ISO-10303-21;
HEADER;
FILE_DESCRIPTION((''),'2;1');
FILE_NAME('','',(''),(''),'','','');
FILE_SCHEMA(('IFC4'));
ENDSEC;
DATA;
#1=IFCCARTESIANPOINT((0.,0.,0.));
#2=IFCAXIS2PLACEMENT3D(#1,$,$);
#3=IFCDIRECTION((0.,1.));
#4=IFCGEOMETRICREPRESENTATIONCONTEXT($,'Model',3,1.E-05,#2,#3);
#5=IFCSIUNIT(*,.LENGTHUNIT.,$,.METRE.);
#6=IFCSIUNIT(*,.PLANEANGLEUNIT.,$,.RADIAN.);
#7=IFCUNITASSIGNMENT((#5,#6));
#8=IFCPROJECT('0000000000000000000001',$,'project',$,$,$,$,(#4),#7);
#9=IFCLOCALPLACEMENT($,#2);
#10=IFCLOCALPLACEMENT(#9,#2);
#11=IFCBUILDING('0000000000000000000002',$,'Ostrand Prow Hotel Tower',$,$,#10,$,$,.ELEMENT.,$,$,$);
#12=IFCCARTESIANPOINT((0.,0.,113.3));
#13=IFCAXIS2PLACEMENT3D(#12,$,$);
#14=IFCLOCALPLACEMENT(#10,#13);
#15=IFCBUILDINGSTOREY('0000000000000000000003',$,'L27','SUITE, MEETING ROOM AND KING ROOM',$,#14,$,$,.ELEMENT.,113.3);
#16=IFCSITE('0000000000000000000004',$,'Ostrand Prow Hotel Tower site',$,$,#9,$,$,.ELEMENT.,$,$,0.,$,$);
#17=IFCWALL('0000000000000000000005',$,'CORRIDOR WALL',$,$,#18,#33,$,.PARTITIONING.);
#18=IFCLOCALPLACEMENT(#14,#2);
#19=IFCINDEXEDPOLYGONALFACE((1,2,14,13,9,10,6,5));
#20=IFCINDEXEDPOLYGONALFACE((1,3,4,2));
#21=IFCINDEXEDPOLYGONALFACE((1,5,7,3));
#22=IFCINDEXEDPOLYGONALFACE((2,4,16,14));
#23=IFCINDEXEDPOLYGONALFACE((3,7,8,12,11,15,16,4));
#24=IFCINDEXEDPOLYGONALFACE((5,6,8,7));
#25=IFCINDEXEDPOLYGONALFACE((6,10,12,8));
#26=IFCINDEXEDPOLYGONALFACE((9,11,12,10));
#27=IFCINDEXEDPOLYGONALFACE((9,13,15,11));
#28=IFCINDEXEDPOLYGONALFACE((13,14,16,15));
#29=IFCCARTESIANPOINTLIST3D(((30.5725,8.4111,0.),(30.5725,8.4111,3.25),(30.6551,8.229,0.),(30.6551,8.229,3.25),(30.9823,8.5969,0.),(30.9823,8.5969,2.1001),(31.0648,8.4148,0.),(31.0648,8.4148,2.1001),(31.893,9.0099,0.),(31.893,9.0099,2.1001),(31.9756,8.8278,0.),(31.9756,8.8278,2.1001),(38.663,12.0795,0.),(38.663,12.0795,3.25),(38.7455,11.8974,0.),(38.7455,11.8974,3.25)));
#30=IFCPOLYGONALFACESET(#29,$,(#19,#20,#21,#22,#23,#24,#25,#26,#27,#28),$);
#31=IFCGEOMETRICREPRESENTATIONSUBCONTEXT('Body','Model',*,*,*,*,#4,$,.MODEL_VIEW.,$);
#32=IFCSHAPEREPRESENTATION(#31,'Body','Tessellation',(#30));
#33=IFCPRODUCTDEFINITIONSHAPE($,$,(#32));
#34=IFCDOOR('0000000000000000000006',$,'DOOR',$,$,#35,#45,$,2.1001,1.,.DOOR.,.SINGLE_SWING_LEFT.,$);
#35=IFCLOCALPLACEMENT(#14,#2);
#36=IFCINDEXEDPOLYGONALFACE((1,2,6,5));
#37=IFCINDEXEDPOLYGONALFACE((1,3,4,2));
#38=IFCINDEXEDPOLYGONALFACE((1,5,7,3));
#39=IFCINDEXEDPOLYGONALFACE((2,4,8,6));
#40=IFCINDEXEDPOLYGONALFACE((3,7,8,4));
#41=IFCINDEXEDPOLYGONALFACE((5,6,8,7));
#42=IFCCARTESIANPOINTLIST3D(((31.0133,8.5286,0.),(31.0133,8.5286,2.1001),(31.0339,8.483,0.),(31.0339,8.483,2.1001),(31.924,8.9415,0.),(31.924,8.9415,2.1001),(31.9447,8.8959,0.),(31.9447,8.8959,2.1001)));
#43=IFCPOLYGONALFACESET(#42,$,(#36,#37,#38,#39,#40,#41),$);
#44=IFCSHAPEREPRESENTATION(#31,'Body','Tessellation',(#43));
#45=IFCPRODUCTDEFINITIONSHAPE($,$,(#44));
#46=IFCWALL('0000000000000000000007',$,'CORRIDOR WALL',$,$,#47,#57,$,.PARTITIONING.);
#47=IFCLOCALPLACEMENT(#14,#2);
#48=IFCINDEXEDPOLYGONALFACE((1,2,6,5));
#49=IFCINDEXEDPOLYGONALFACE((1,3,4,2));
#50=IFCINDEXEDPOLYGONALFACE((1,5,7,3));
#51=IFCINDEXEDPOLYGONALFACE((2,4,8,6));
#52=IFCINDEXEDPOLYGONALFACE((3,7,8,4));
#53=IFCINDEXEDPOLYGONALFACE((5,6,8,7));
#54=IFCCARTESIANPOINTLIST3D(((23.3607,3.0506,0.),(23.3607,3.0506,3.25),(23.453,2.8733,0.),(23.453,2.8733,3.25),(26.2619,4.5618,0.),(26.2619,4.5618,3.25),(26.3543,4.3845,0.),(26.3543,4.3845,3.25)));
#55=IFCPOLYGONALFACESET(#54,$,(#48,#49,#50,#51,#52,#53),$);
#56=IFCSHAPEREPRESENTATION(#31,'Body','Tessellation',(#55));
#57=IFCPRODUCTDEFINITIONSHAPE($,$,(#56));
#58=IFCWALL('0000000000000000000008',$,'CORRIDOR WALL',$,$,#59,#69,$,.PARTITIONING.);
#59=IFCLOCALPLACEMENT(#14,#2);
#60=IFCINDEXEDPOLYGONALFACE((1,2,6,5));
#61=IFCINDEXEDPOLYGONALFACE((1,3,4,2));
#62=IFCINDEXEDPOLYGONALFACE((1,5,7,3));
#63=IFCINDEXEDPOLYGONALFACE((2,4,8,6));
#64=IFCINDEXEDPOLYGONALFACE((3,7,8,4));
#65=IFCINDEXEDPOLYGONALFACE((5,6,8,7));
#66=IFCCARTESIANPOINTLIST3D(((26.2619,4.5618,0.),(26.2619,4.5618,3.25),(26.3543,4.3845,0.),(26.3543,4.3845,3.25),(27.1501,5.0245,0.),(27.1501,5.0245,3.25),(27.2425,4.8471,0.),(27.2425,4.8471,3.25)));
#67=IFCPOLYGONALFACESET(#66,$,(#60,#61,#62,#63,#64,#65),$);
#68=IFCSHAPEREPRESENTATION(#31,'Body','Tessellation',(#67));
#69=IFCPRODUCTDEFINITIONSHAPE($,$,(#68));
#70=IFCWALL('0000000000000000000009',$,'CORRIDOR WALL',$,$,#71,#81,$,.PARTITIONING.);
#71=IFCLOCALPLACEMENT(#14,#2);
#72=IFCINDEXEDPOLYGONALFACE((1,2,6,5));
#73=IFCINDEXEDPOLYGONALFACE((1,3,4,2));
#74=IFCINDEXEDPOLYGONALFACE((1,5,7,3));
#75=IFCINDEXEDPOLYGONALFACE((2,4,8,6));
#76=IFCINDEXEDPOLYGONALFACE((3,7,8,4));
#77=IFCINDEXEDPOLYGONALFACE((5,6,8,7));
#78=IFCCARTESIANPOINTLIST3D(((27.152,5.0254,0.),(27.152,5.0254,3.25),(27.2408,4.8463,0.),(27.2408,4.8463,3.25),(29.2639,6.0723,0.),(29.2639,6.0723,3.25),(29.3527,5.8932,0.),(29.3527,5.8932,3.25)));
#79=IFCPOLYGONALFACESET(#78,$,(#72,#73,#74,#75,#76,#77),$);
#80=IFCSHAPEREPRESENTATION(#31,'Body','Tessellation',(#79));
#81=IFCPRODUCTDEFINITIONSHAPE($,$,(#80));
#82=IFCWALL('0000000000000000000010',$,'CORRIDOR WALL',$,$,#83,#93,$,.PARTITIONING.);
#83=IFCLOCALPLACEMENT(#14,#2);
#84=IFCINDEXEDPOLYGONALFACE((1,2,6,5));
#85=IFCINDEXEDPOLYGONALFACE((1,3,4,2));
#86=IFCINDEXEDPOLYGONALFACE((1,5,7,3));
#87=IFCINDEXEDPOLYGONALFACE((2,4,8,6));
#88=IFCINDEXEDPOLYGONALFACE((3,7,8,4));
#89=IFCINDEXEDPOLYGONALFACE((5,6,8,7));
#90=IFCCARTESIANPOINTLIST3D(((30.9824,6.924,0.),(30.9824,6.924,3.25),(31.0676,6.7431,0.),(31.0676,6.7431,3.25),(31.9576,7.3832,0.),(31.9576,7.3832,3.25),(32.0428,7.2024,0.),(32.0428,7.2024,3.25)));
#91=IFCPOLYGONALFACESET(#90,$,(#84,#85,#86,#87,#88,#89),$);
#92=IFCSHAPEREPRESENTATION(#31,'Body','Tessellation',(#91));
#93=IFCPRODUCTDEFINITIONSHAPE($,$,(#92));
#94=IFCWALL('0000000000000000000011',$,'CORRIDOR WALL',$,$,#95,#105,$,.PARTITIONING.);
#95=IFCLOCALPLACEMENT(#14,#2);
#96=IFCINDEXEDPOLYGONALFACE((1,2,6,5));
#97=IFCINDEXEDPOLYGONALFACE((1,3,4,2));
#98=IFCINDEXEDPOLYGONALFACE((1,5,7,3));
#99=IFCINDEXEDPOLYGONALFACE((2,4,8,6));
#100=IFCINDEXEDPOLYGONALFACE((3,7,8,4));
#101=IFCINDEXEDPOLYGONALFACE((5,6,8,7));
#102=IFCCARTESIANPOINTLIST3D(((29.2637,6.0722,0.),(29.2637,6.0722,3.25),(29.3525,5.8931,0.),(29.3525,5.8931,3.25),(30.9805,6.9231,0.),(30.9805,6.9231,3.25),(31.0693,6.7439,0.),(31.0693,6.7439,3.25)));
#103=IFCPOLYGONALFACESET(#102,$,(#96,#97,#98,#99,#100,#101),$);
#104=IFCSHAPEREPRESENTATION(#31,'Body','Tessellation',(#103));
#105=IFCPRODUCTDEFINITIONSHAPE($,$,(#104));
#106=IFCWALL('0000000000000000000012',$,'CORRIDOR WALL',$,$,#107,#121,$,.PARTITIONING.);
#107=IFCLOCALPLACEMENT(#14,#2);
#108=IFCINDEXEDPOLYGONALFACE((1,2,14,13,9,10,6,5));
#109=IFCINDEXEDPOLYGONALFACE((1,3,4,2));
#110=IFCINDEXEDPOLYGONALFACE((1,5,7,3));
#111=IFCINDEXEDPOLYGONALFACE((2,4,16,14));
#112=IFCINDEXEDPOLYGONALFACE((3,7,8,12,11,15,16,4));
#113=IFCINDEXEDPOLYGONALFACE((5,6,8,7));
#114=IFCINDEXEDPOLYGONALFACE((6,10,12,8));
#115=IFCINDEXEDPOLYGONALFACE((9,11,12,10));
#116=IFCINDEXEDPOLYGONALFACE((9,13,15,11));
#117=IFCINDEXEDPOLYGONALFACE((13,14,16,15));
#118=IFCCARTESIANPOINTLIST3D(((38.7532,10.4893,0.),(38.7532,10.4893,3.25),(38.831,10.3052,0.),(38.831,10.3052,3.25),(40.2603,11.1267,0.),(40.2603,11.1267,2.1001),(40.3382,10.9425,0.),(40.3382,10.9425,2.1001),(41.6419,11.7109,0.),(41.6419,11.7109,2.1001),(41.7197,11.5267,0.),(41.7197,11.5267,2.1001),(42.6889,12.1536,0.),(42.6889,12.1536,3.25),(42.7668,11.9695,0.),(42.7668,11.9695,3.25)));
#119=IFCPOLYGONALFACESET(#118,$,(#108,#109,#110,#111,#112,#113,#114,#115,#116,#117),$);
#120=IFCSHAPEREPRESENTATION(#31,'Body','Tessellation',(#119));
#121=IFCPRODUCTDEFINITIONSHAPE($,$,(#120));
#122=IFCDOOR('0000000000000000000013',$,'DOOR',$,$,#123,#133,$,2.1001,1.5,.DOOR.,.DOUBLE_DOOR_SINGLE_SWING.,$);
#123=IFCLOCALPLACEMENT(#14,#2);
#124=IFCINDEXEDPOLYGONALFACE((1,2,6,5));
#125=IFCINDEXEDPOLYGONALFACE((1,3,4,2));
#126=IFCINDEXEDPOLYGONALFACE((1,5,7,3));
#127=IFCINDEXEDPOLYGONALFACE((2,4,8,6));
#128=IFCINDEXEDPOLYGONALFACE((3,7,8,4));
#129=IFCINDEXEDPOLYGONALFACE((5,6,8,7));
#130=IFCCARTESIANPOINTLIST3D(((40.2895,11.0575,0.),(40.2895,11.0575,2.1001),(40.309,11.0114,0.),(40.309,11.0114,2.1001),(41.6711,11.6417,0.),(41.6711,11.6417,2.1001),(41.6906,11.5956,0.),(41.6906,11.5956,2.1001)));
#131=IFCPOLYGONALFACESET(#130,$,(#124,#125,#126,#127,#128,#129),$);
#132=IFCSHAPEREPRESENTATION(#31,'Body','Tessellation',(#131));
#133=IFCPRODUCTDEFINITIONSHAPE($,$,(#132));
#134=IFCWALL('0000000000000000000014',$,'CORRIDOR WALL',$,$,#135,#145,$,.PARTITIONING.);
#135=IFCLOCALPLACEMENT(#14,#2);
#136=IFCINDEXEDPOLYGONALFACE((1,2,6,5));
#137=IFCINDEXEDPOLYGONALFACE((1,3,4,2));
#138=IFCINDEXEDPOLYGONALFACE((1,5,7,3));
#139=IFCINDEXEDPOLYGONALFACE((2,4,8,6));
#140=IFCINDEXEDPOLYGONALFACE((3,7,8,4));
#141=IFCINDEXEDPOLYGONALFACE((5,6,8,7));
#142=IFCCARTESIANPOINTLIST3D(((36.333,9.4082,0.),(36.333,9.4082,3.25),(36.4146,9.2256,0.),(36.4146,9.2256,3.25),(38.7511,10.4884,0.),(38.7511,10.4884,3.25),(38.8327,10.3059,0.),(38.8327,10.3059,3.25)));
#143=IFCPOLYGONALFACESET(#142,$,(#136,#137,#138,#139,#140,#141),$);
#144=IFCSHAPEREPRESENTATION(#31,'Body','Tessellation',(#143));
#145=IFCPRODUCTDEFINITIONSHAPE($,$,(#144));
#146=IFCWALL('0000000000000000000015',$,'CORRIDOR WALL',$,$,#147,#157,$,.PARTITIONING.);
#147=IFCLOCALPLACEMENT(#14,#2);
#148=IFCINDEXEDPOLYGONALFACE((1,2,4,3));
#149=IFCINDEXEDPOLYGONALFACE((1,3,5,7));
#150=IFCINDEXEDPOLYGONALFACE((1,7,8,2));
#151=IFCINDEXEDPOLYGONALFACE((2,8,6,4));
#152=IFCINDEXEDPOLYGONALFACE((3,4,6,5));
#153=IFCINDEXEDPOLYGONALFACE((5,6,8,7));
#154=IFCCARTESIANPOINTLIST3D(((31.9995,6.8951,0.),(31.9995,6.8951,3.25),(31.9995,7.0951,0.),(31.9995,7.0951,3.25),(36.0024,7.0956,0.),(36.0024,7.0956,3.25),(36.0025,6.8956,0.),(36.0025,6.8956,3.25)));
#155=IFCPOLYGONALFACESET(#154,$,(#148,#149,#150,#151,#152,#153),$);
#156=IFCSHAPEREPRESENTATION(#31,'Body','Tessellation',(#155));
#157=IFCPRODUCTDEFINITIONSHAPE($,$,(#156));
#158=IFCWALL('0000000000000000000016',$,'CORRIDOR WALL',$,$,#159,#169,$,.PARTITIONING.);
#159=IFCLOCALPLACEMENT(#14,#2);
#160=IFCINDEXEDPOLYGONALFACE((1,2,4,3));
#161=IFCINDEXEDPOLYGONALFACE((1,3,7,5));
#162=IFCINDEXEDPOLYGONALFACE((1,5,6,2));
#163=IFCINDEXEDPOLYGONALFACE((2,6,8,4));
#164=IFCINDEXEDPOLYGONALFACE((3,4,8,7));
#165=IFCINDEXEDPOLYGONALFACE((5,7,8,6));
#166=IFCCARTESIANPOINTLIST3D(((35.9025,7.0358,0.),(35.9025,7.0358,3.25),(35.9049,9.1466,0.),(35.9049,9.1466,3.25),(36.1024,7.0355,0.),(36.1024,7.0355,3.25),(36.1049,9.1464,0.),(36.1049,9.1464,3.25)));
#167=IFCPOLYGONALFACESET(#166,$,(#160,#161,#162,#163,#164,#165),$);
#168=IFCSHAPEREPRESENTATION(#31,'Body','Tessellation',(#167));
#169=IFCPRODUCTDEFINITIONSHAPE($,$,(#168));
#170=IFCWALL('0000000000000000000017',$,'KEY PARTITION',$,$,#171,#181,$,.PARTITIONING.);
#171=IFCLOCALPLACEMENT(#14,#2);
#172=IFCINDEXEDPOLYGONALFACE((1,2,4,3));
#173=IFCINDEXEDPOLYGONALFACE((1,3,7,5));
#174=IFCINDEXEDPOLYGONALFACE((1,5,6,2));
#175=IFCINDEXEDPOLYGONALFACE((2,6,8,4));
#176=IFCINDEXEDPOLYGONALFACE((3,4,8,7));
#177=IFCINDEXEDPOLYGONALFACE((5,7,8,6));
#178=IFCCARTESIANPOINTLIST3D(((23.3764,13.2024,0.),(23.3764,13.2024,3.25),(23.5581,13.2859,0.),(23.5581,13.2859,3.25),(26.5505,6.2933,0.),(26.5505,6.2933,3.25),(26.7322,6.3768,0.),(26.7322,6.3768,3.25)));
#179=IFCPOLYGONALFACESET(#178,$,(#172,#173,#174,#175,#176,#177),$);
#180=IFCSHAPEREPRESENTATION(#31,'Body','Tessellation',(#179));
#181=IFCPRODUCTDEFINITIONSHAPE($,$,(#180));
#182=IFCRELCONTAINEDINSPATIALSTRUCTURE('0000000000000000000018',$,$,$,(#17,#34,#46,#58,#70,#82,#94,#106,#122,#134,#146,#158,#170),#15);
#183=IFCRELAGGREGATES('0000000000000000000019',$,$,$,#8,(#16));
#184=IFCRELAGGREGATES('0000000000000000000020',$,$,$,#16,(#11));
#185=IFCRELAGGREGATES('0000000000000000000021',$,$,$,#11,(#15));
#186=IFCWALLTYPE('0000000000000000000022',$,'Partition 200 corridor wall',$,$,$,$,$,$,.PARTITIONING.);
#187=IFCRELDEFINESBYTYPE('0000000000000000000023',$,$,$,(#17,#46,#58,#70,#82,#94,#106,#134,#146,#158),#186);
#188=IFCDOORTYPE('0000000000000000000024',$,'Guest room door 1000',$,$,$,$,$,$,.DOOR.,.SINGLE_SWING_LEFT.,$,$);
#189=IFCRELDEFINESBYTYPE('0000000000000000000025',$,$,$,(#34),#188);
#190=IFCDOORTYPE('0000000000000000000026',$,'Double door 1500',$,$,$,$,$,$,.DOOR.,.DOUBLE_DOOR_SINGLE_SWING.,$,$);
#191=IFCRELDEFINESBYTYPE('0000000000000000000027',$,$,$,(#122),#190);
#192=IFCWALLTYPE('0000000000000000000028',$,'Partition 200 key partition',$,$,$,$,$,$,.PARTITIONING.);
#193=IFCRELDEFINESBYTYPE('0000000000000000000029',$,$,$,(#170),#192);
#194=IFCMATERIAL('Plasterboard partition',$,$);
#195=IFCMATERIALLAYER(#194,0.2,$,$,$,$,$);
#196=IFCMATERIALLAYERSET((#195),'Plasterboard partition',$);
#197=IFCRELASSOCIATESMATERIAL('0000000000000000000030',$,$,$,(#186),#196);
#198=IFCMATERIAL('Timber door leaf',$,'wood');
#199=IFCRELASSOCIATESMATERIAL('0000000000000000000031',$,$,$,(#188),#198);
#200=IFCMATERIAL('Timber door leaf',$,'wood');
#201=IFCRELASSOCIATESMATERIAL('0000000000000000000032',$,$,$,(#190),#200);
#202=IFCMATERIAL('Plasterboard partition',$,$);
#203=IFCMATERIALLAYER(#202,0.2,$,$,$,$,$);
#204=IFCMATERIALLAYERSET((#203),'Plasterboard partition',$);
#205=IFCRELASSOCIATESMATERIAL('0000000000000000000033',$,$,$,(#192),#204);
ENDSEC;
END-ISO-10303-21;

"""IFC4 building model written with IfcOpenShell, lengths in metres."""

from ifc_helpers import new_model, si_unit, direction, frame, frame_2d, origin, place, context, subcontext, project, spatial, rectangle, extrude, material, layer, layer_set, type_object, element, fill, save


model = new_model("IFC4")

# Units and contexts
model_context = context("Model", 3, precision=1e-05, world=origin(), true_north=direction((0.0, 1.0)))
body_context = subcontext(model_context, "Body", "Model", "MODEL_VIEW")
ifc_project = project(units=[si_unit("LENGTHUNIT", "METRE"), si_unit("PLANEANGLEUNIT", "RADIAN")], contexts=[model_context])

# Site, building, storey
site_placement = place(None, origin())
site = spatial("IfcSite", under=ifc_project, at=site_placement, Name="Ostrand Prow Hotel Tower site", CompositionType="ELEMENT", RefElevation=0.0)
building_placement = place(site_placement, origin())
building = spatial("IfcBuilding", under=site, at=building_placement, Name="Ostrand Prow Hotel Tower", CompositionType="ELEMENT")
storey_placement = place(building_placement, frame((0.0, 0.0, 113.3)))
storey = spatial("IfcBuildingStorey", under=building, at=storey_placement, Name="L27", Description="SUITE, MEETING ROOM AND KING ROOM", CompositionType="ELEMENT", Elevation=113.3)

# Wall, opening, door
ifc_material_1 = material(Name="Plasterboard partition")
ifc_layer_1 = layer(ifc_material_1, 0.2)
ifc_layer_set_1 = layer_set([ifc_layer_1], Name="Plasterboard partition")
wall_type_1 = type_object("IfcWallType", Name="Partition 200 corridor wall", PredefinedType="PARTITIONING", material=ifc_layer_set_1)
ifc_material_2 = material(Name="Timber door leaf", Category="wood")
door_type_1 = type_object("IfcDoorType", Name="Guest room door 1000", OperationType="SINGLE_SWING_LEFT", PredefinedType="DOOR", material=ifc_material_2)
wall_1_placement = place(storey_placement, frame((30.6138, 8.3201, 0.0), z_axis=(0.0, 0.0, 1.0), x_axis=(0.910751, 0.412956, 0.0)))
wall_1 = element("IfcWall", 1, at=wall_1_placement, inside=storey, type_object=wall_type_1, Name="CORRIDOR WALL", PredefinedType="PARTITIONING", context=body_context, shape_type="SweptSolid", body=[
    extrude(rectangle(XDim=8.8833, YDim=0.2, at=frame_2d((4.4417, 0.0))), origin(), (0.0, 0.0, 1.0), 3.25),
])
opening_1_placement = place(wall_1_placement, frame((0.45, 0.0, 0.0)))
opening_1 = element("IfcOpeningElement", 2, at=opening_1_placement, cuts=wall_1, PredefinedType="OPENING", context=body_context, shape_type="SweptSolid", body=[
    extrude(rectangle(XDim=1.0, YDim=2.1001, at=frame_2d((0.5, 1.05))), frame((0.0, 0.1099, 0.0), z_axis=(0.0, -1.0, 0.0), x_axis=(1.0, 0.0, 0.0)), (0.0, 0.0, 1.0), 0.22),
])
door_1_placement = place(opening_1_placement, origin())
door_1 = element("IfcDoor", 3, at=door_1_placement, inside=storey, type_object=door_type_1, Name="DOOR", OperationType="SINGLE_SWING_LEFT", OverallHeight=2.1001, OverallWidth=1.0, PredefinedType="DOOR", context=body_context, shape_type="SweptSolid", body=[
    extrude(rectangle(XDim=1.0, YDim=2.1001, at=frame_2d((0.5, 1.05))), frame((0.0, 0.0249, 0.0), z_axis=(0.0, -1.0, 0.0), x_axis=(1.0, 0.0, 0.0)), (0.0, 0.0, 1.0), 0.05),
])
fill(opening_1, door_1)

# Walls
wall_2_placement = place(storey_placement, frame((23.4067, 2.9619, 0.0), z_axis=(0.0, 0.0, 1.0), x_axis=(0.886901, 0.461959, 0.0)))
element("IfcWall", 4, at=wall_2_placement, inside=storey, type_object=wall_type_1, Name="CORRIDOR WALL", PredefinedType="PARTITIONING", context=body_context, shape_type="SweptSolid", body=[
    extrude(rectangle(XDim=3.2712, YDim=0.2, at=frame_2d((1.6357, 0.0))), origin(), (0.0, 0.0, 1.0), 3.25),
])
wall_3_placement = place(storey_placement, frame((26.3081, 4.4731, 0.0), z_axis=(0.0, 0.0, 1.0), x_axis=(0.886893, 0.461974, 0.0)))
element("IfcWall", 5, at=wall_3_placement, inside=storey, type_object=wall_type_1, Name="CORRIDOR WALL", PredefinedType="PARTITIONING", context=body_context, shape_type="SweptSolid", body=[
    extrude(rectangle(XDim=1.0015, YDim=0.2, at=frame_2d((0.5007, 0.0))), origin(), (0.0, 0.0, 1.0), 3.25),
])
wall_4_placement = place(storey_placement, frame((27.1963, 4.9358, 0.0), z_axis=(0.0, 0.0, 1.0), x_axis=(0.895955, 0.444145, 0.0)))
element("IfcWall", 6, at=wall_4_placement, inside=storey, type_object=wall_type_1, Name="CORRIDOR WALL", PredefinedType="PARTITIONING", context=body_context, shape_type="SweptSolid", body=[
    extrude(rectangle(XDim=2.3572, YDim=0.2, at=frame_2d((1.1787, 0.0))), origin(), (0.0, 0.0, 1.0), 3.25),
])
wall_5_placement = place(storey_placement, frame((31.0249, 6.8335, 0.0), z_axis=(0.0, 0.0, 1.0), x_axis=(0.90469, 0.42607, 0.0)))
element("IfcWall", 7, at=wall_5_placement, inside=storey, type_object=wall_type_1, Name="CORRIDOR WALL", PredefinedType="PARTITIONING", context=body_context, shape_type="SweptSolid", body=[
    extrude(rectangle(XDim=1.0779, YDim=0.2, at=frame_2d((0.5391, 0.0))), origin(), (0.0, 0.0, 1.0), 3.25),
])
wall_6_placement = place(storey_placement, frame((29.3081, 5.9827, 0.0), z_axis=(0.0, 0.0, 1.0), x_axis=(0.896002, 0.444051, 0.0)))
element("IfcWall", 8, at=wall_6_placement, inside=storey, type_object=wall_type_1, Name="CORRIDOR WALL", PredefinedType="PARTITIONING", context=body_context, shape_type="SweptSolid", body=[
    extrude(rectangle(XDim=1.916, YDim=0.2, at=frame_2d((0.958, 0.0))), origin(), (0.0, 0.0, 1.0), 3.25),
])

# Wall, opening, door
wall_7_placement = place(storey_placement, frame((38.792, 10.3972, 0.0), z_axis=(0.0, 0.0, 1.0), x_axis=(0.921037, 0.389474, 0.0)))
wall_7 = element("IfcWall", 9, at=wall_7_placement, inside=storey, type_object=wall_type_1, Name="CORRIDOR WALL", PredefinedType="PARTITIONING", context=body_context, shape_type="SweptSolid", body=[
    extrude(rectangle(XDim=4.2732, YDim=0.2, at=frame_2d((2.1367, 0.0))), origin(), (0.0, 0.0, 1.0), 3.25),
])
opening_2_placement = place(wall_7_placement, frame((1.6365, 0.0, 0.0)))
opening_2 = element("IfcOpeningElement", 10, at=opening_2_placement, cuts=wall_7, PredefinedType="OPENING", context=body_context, shape_type="SweptSolid", body=[
    extrude(rectangle(XDim=1.5, YDim=2.1001, at=frame_2d((0.75, 1.05))), frame((0.0, 0.1099, 0.0), z_axis=(0.0, -1.0, 0.0), x_axis=(1.0, 0.0, 0.0)), (0.0, 0.0, 1.0), 0.22),
])
ifc_material_3 = material(Name="Timber door leaf", Category="wood")
door_type_2 = type_object("IfcDoorType", Name="Double door 1500", OperationType="DOUBLE_DOOR_SINGLE_SWING", PredefinedType="DOOR", material=ifc_material_3)
door_2_placement = place(opening_2_placement, origin())
door_2 = element("IfcDoor", 11, at=door_2_placement, inside=storey, type_object=door_type_2, Name="DOOR", OperationType="DOUBLE_DOOR_SINGLE_SWING", OverallHeight=2.1001, OverallWidth=1.5, PredefinedType="DOOR", context=body_context, shape_type="SweptSolid", body=[
    extrude(rectangle(XDim=1.5, YDim=2.1001, at=frame_2d((0.75, 1.05))), frame((0.0, 0.0249, 0.0), z_axis=(0.0, -1.0, 0.0), x_axis=(1.0, 0.0, 0.0)), (0.0, 0.0, 1.0), 0.05),
])
fill(opening_2, door_2)

# Walls
wall_8_placement = place(storey_placement, frame((36.3738, 9.3169, 0.0), z_axis=(0.0, 0.0, 1.0), x_axis=(0.913031, 0.407891, 0.0)))
element("IfcWall", 12, at=wall_8_placement, inside=storey, type_object=wall_type_1, Name="CORRIDOR WALL", PredefinedType="PARTITIONING", context=body_context, shape_type="SweptSolid", body=[
    extrude(rectangle(XDim=2.6484, YDim=0.2, at=frame_2d((1.3242, 0.0))), origin(), (0.0, 0.0, 1.0), 3.25),
])
wall_9_placement = place(storey_placement, frame((31.9995, 6.9951, 0.0), z_axis=(0.0, 0.0, 1.0), x_axis=(1.0, 0.000122, 0.0)))
element("IfcWall", 13, at=wall_9_placement, inside=storey, type_object=wall_type_1, Name="CORRIDOR WALL", PredefinedType="PARTITIONING", context=body_context, shape_type="SweptSolid", body=[
    extrude(rectangle(XDim=4.0029, YDim=0.2, at=frame_2d((2.0015, 0.0))), origin(), (0.0, 0.0, 1.0), 3.25),
])
wall_10_placement = place(storey_placement, frame((36.0024, 7.0356, 0.0), z_axis=(0.0, 0.0, 1.0), x_axis=(0.001157, 0.999999, 0.0)))
element("IfcWall", 14, at=wall_10_placement, inside=storey, type_object=wall_type_1, Name="CORRIDOR WALL", PredefinedType="PARTITIONING", context=body_context, shape_type="SweptSolid", body=[
    extrude(rectangle(XDim=2.1108, YDim=0.2, at=frame_2d((1.0554, 0.0))), origin(), (0.0, 0.0, 1.0), 3.25),
])
ifc_material_4 = material(Name="Plasterboard partition")
ifc_layer_2 = layer(ifc_material_4, 0.2)
ifc_layer_set_2 = layer_set([ifc_layer_2], Name="Plasterboard partition")
wall_type_2 = type_object("IfcWallType", Name="Partition 200 key partition", PredefinedType="PARTITIONING", material=ifc_layer_set_2)
wall_11_placement = place(storey_placement, frame((26.6414, 6.335, 0.0), z_axis=(0.0, 0.0, 1.0), x_axis=(-0.417455, 0.908698, 0.0)))
element("IfcWall", 15, at=wall_11_placement, inside=storey, type_object=wall_type_2, Name="KEY PARTITION", PredefinedType="PARTITIONING", context=body_context, shape_type="SweptSolid", body=[
    extrude(rectangle(XDim=7.6033, YDim=0.2, at=frame_2d((3.8018, 0.0))), origin(), (0.0, 0.0, 1.0), 3.25),
])

save(model, "model.ifc")
